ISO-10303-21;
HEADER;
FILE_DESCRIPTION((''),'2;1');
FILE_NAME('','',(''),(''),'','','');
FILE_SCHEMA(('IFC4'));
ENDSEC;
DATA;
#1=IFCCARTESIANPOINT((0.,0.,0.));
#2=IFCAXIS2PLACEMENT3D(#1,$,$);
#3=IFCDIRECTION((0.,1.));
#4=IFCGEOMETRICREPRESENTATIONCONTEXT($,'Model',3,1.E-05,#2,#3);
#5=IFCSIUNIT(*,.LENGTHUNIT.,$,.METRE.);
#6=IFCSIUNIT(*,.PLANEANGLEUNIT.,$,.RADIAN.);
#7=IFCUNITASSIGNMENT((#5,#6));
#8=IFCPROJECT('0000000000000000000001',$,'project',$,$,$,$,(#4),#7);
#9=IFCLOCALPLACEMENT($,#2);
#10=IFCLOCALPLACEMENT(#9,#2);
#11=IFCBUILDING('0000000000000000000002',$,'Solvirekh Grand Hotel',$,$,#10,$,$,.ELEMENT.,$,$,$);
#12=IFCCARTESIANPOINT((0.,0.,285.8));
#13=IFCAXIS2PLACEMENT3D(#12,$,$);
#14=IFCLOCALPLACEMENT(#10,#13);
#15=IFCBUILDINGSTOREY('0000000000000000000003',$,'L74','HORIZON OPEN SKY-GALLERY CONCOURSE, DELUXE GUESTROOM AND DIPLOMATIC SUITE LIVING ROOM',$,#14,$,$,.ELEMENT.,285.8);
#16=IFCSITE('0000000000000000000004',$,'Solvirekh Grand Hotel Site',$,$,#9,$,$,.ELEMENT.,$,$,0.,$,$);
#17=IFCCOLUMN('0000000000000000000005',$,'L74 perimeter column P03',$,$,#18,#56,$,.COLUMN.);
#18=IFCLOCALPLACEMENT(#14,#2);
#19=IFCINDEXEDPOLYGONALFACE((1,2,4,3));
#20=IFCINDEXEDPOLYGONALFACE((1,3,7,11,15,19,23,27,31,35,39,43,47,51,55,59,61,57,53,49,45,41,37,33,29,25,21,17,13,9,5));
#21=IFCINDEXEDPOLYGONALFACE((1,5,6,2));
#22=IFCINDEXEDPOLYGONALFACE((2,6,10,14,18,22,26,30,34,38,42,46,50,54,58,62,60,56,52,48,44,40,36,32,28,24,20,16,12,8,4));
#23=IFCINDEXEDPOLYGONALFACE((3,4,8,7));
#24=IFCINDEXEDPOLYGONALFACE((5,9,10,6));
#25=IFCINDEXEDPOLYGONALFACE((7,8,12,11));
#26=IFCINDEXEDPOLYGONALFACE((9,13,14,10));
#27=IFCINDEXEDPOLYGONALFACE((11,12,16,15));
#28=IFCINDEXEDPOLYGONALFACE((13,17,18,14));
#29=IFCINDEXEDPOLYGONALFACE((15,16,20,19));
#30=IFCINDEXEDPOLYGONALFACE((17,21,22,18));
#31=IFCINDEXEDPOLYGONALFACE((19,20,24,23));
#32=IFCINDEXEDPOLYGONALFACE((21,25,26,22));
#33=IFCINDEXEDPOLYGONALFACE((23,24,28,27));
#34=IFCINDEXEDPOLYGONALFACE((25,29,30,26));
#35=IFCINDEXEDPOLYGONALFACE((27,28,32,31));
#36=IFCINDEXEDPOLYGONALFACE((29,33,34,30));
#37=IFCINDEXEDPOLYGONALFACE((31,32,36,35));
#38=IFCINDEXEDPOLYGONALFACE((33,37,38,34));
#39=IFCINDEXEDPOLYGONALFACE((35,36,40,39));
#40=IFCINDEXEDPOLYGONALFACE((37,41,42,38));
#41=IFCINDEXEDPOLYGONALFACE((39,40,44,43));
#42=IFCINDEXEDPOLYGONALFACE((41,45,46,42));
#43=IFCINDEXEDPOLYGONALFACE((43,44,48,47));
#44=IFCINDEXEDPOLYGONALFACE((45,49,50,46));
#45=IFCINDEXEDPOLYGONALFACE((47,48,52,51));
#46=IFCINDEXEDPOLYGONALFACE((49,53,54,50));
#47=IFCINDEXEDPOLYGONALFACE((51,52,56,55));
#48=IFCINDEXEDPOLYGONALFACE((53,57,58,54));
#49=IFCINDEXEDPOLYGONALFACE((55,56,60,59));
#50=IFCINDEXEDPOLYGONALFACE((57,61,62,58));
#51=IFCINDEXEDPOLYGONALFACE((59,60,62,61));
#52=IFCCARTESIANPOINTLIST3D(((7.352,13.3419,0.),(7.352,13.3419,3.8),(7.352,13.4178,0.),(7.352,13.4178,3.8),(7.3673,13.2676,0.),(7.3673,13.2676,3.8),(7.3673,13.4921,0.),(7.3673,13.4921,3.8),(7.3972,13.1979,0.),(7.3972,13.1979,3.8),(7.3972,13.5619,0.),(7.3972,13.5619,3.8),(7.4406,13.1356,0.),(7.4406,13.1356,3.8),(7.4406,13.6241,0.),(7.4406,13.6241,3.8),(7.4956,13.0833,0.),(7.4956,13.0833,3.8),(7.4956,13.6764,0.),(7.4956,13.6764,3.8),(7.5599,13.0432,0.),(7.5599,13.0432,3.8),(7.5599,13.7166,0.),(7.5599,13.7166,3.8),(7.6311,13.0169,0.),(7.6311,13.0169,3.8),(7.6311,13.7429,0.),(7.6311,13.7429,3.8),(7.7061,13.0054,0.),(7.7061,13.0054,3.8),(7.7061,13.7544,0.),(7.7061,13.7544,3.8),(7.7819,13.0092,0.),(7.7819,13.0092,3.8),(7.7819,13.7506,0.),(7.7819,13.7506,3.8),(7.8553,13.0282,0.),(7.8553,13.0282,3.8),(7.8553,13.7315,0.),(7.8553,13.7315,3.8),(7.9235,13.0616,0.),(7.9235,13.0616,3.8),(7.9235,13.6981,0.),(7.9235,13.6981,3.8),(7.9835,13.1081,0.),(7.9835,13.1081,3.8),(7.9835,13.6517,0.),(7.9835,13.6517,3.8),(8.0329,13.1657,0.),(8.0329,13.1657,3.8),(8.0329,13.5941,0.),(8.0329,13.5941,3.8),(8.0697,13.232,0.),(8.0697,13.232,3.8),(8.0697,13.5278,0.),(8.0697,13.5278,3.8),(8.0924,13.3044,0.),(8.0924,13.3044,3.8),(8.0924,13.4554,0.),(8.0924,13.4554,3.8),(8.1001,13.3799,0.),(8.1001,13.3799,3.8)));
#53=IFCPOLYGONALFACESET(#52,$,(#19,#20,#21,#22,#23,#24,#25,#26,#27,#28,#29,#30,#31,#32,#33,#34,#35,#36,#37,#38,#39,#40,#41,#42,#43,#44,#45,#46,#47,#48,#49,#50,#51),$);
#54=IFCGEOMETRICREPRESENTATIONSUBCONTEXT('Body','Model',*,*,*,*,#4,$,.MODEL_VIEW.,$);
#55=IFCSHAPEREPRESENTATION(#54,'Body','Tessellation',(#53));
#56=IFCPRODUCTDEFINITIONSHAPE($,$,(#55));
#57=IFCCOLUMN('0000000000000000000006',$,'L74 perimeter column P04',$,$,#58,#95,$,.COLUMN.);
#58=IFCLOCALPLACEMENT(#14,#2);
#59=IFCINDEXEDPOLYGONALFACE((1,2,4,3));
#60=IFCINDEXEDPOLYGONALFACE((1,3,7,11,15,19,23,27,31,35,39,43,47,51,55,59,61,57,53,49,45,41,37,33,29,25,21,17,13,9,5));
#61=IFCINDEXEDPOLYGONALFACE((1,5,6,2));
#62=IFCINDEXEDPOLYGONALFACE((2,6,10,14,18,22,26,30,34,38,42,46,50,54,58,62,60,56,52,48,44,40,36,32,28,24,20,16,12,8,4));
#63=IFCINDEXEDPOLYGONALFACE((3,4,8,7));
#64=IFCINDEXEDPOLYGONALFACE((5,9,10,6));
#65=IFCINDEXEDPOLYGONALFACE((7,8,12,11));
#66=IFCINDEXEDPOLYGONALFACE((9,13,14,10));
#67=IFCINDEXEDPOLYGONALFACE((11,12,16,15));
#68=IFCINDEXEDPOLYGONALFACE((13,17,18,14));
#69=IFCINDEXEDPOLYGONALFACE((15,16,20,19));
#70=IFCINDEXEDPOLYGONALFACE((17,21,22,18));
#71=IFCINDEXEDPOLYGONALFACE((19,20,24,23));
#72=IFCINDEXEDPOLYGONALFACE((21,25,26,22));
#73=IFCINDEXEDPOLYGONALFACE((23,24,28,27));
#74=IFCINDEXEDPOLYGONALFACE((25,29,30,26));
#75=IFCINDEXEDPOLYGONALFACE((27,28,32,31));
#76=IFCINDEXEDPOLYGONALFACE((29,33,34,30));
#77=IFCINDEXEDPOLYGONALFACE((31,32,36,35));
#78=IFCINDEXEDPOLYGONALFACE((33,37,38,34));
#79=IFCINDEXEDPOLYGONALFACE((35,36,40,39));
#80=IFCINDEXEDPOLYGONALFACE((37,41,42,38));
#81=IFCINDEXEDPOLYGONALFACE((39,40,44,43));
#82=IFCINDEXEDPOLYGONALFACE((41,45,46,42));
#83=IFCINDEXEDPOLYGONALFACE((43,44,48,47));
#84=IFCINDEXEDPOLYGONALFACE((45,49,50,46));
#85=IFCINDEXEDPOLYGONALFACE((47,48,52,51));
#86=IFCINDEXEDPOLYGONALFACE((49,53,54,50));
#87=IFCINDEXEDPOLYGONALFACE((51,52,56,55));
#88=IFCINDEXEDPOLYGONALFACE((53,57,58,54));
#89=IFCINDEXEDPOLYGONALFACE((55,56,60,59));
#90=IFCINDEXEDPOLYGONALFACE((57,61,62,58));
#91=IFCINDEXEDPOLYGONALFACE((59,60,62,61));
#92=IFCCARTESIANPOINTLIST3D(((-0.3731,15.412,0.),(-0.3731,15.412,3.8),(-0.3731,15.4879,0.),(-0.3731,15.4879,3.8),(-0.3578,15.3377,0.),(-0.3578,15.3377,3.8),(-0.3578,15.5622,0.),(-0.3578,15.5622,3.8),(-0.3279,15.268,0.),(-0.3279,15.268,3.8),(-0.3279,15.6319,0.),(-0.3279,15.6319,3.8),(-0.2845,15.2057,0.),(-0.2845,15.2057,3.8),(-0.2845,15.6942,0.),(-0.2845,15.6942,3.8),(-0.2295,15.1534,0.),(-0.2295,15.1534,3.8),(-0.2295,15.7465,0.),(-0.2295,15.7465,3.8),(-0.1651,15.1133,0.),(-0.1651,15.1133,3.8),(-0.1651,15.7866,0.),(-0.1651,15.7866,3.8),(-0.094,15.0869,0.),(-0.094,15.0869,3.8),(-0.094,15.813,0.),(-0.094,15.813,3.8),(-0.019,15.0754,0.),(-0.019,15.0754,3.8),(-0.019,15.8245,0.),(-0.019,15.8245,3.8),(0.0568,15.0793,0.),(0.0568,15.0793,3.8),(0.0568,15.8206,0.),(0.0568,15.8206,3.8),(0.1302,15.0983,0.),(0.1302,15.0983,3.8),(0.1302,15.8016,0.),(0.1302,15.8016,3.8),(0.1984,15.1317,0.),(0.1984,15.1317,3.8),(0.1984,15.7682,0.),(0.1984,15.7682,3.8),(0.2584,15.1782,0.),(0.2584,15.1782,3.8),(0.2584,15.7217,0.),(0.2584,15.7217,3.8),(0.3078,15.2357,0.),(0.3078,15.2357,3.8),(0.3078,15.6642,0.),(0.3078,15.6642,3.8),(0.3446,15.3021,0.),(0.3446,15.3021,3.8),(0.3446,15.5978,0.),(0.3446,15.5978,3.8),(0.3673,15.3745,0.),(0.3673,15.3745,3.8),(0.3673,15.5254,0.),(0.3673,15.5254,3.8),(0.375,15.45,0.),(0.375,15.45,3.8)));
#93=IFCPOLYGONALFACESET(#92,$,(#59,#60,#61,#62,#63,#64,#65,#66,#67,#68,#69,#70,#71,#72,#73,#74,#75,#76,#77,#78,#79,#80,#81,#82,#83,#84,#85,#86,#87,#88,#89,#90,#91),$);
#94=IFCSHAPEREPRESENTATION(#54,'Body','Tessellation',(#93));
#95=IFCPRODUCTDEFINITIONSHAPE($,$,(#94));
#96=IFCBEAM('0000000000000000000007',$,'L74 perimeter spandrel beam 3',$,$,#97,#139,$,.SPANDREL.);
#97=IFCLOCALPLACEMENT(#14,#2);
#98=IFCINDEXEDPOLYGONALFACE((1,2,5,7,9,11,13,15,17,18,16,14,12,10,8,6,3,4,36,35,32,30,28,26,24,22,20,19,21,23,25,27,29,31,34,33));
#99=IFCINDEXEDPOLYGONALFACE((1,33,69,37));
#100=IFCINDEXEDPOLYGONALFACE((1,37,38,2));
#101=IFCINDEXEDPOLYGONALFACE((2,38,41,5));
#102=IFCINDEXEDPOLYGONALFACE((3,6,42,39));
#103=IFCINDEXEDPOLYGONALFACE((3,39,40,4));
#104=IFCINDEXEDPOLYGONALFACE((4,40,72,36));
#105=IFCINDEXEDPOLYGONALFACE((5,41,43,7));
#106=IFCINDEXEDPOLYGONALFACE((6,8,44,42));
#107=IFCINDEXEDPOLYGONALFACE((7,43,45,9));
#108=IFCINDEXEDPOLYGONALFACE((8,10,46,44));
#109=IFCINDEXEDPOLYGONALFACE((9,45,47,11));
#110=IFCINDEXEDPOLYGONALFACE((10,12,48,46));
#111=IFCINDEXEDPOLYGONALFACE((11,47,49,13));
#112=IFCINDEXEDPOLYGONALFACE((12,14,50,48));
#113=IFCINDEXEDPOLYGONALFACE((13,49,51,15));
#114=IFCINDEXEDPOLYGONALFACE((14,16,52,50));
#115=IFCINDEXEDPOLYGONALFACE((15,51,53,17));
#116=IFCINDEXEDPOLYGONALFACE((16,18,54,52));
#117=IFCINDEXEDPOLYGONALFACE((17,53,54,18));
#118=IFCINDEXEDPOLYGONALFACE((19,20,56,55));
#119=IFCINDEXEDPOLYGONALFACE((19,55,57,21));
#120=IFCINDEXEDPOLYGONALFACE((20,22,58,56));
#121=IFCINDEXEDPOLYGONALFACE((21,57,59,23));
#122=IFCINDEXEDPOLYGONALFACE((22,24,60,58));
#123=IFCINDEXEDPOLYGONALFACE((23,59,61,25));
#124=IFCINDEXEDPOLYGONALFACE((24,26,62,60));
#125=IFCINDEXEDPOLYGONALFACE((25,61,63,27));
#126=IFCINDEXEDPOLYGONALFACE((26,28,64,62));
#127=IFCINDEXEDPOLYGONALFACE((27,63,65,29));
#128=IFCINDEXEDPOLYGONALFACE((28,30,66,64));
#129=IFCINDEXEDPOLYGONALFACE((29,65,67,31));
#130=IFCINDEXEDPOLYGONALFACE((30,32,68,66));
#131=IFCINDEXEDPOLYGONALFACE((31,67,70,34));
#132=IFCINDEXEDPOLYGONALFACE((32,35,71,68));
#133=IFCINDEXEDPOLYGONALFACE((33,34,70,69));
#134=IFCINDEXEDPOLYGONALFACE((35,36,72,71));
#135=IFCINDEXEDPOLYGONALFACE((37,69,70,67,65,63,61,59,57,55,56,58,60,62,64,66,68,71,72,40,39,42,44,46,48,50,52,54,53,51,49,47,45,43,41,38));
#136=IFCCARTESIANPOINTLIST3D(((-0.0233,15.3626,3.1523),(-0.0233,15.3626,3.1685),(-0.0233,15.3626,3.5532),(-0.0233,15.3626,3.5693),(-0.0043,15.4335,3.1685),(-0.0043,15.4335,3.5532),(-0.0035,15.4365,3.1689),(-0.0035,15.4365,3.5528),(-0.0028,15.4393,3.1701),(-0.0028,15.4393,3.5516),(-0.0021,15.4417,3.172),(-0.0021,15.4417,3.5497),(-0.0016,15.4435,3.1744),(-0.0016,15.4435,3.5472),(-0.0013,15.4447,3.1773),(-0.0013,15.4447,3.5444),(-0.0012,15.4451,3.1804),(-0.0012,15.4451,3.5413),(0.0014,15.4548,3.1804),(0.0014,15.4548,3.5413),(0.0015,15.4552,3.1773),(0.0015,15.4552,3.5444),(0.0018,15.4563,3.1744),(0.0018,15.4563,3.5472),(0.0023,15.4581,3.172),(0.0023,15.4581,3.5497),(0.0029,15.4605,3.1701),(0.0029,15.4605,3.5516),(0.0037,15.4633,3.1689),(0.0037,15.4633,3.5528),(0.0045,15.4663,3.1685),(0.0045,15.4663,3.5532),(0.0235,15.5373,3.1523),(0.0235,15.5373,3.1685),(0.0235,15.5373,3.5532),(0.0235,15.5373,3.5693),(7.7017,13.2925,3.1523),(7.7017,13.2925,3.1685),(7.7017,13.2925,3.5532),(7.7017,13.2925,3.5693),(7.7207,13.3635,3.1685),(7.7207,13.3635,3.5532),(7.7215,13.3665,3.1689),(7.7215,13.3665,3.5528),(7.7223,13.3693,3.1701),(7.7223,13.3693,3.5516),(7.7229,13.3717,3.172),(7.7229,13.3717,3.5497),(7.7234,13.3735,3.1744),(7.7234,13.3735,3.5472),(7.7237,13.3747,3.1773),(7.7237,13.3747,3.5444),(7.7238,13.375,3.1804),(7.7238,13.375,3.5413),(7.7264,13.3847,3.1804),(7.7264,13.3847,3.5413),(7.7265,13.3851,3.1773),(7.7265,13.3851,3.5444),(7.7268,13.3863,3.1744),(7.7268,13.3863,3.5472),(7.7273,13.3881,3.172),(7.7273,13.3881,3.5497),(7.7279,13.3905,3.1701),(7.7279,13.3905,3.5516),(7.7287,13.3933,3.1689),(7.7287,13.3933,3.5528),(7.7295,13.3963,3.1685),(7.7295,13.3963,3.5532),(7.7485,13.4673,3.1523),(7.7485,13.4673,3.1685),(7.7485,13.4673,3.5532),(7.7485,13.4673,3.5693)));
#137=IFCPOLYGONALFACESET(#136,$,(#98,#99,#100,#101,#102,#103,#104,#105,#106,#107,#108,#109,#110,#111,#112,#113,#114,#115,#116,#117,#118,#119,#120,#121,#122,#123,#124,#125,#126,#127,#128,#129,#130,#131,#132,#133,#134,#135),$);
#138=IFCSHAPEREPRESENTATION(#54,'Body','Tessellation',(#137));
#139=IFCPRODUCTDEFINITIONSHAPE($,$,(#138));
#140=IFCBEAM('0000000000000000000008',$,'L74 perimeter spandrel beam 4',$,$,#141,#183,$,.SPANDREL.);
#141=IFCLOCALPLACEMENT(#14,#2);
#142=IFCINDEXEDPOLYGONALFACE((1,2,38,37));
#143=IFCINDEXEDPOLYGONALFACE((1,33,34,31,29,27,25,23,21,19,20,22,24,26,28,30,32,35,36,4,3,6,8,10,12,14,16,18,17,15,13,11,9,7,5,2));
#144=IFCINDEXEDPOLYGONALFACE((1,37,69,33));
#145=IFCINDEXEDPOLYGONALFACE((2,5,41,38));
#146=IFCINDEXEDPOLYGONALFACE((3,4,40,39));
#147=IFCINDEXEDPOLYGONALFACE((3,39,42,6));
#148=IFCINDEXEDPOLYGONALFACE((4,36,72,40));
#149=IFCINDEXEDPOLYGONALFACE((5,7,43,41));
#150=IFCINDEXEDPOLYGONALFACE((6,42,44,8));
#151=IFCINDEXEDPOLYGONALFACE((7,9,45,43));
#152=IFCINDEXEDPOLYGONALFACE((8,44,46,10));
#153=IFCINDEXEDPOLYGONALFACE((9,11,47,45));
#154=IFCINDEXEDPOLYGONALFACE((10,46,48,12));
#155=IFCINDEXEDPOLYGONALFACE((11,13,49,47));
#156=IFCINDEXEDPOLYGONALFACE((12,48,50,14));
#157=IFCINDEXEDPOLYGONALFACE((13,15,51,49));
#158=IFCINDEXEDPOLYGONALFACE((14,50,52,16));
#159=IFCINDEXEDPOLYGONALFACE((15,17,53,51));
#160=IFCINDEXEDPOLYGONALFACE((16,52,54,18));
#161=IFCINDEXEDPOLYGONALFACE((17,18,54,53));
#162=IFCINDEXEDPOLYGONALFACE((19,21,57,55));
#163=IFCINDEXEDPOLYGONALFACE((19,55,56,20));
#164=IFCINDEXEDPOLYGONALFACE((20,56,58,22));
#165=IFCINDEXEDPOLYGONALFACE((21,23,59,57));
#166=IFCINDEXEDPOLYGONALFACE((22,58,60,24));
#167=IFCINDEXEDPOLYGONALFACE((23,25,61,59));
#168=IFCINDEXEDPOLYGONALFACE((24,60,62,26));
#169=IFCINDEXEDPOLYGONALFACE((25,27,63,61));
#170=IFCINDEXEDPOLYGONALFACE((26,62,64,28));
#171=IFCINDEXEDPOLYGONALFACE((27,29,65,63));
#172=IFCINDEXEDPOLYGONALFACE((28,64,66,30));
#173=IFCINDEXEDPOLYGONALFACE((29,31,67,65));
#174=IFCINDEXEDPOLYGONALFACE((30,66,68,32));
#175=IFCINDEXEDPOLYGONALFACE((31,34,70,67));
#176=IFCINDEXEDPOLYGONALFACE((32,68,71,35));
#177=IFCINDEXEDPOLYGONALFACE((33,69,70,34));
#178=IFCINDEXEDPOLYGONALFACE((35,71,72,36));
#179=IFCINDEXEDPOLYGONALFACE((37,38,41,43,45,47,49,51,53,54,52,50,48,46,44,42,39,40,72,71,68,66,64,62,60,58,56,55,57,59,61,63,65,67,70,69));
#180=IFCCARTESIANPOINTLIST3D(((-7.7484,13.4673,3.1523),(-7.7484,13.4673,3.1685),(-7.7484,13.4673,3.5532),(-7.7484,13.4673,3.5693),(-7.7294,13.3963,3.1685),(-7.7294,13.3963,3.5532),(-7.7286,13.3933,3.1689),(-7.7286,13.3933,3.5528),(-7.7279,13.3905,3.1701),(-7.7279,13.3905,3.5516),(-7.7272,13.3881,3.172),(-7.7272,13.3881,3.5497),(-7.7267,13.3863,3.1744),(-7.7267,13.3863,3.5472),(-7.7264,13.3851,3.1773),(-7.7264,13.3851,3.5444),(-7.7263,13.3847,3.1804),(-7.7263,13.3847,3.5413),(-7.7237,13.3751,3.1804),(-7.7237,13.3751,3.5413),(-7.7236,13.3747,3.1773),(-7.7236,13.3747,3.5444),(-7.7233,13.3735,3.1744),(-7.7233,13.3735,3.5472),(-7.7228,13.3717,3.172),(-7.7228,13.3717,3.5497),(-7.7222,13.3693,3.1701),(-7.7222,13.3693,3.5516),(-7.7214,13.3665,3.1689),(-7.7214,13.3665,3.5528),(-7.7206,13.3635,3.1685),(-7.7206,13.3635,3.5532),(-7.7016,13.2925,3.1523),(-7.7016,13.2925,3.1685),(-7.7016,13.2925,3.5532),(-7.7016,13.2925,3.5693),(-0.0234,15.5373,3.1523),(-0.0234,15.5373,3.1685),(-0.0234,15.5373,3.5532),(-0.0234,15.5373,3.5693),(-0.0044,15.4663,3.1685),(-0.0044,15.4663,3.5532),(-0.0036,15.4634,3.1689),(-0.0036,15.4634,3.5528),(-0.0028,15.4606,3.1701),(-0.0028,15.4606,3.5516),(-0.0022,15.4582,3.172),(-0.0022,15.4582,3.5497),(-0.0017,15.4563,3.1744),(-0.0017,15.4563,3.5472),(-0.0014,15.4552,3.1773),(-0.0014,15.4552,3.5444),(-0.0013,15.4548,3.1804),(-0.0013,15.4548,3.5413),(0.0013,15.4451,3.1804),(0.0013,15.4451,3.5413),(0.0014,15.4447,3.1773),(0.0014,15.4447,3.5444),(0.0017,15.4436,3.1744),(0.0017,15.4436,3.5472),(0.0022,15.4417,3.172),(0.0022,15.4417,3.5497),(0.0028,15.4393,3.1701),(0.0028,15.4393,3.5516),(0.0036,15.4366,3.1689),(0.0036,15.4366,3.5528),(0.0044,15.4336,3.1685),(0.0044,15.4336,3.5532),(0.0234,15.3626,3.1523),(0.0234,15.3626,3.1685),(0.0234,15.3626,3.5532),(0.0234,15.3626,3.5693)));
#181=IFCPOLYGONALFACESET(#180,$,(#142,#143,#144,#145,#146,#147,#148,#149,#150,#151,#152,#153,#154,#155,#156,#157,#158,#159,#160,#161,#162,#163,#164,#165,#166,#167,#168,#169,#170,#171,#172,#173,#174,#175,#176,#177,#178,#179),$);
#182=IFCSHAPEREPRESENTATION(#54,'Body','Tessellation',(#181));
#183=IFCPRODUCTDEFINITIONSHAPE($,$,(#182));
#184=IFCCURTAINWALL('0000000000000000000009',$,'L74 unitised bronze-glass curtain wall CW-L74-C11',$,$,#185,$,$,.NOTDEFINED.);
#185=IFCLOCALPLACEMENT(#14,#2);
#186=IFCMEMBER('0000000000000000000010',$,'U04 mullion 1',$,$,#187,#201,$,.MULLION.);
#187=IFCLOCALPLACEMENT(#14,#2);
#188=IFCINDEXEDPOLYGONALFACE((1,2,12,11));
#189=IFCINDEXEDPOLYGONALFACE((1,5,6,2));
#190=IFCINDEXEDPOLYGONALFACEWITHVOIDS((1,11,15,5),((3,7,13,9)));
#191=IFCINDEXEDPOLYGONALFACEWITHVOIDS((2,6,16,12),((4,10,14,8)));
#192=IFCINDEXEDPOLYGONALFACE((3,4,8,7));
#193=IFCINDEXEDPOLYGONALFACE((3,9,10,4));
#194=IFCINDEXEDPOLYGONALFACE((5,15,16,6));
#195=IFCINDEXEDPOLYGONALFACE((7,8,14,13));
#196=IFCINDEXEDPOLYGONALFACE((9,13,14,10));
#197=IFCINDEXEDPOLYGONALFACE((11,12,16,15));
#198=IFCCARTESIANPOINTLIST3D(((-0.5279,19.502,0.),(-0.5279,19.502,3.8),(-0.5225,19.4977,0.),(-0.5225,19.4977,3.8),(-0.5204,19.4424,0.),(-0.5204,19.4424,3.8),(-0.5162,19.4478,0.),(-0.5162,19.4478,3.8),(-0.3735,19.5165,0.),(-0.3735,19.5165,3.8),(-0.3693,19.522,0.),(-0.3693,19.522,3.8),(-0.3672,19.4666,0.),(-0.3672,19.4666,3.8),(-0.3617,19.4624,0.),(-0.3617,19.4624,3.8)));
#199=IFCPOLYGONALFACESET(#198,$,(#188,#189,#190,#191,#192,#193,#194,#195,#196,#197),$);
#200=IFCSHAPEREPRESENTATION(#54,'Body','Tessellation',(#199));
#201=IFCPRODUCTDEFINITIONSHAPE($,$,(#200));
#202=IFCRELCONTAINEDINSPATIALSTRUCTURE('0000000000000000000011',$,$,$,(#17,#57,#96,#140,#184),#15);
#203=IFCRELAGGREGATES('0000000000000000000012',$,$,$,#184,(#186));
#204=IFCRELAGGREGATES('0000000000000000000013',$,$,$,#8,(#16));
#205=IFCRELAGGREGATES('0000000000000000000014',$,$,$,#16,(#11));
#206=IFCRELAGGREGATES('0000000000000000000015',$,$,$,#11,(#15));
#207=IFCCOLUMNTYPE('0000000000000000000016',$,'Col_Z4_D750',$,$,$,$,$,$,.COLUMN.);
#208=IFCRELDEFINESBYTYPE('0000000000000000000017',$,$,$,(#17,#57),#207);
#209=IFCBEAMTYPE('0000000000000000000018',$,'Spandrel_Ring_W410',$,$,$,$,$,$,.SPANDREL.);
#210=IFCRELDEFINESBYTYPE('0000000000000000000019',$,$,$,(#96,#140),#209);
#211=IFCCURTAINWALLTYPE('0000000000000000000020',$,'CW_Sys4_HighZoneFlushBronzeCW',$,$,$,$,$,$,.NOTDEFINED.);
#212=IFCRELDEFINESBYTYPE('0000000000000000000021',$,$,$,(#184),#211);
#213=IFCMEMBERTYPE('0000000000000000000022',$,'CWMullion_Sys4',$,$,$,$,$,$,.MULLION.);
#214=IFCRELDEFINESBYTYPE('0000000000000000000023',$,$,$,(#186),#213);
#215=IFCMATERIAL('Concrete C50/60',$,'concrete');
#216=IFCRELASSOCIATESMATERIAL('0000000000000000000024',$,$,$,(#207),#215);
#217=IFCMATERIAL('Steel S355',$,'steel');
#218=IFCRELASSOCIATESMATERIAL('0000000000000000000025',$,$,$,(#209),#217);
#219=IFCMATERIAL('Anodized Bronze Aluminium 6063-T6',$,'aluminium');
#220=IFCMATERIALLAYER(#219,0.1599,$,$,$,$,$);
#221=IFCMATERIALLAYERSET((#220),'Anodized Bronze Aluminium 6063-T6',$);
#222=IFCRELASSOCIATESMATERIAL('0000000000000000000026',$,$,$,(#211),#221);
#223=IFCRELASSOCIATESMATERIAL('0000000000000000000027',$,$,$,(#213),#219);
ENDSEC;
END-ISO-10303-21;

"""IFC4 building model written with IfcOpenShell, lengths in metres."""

from ifc_helpers import new_model, si_unit, direction, frame, origin, origin_2d, place, context, subcontext, project, spatial, hollow_rectangle, circle, i_section, extrude, source, transform, mapped, material, layer, layer_set, material_profile, profile_set, type_object, element, aggregate, save


model = new_model("IFC4")

# Units and contexts
model_context = context("Model", 3, precision=1e-05, world=origin(), true_north=direction((0.0, 1.0)))
body_context = subcontext(model_context, "Body", "Model", "MODEL_VIEW")
ifc_project = project(units=[si_unit("LENGTHUNIT", "METRE"), si_unit("PLANEANGLEUNIT", "RADIAN")], contexts=[model_context])

# Site, building, storey
site_placement = place(None, origin())
site = spatial("IfcSite", under=ifc_project, at=site_placement, Name="Solvirekh Grand Hotel Site", CompositionType="ELEMENT", RefElevation=0.0)
building_placement = place(site_placement, origin())
building = spatial("IfcBuilding", under=site, at=building_placement, Name="Solvirekh Grand Hotel", CompositionType="ELEMENT")
storey_placement = place(building_placement, frame((0.0, 0.0, 285.8)))
storey = spatial("IfcBuildingStorey", under=building, at=storey_placement, Name="L74", Description="HORIZON OPEN SKY-GALLERY CONCOURSE, DELUXE GUESTROOM AND DIPLOMATIC SUITE LIVING ROOM", CompositionType="ELEMENT", Elevation=285.8)

# Columns
ifc_material_1 = material(Name="Concrete C50/60", Category="concrete")
ifc_material_profile_1 = material_profile(ifc_material_1, circle(Radius=0.375, at=origin_2d()), Name="RC CIRC D750")
ifc_profile_set_1 = profile_set([ifc_material_profile_1], Name="Concrete C50/60")
column_type = type_object("IfcColumnType", Name="Col_Z4_D750", PredefinedType="COLUMN", material=ifc_profile_set_1)
for number, where, z_axis, x_axis, name in (
    (1, (7.7251, 13.3799, 0.0), (0.0, 0.0, 1.0), (1.0, 0.0, 0.0), "L74 perimeter column P03"),
    (2, (0.0, 15.45, 0.0), (0.0, 0.0, 1.0), (1.0, 0.0, 0.0), "L74 perimeter column P04"),
):
    element("IfcColumn", number, at=place(storey_placement, frame(where, z_axis=z_axis, x_axis=x_axis)), inside=storey, type_object=column_type, Name=name, PredefinedType="COLUMN", context=body_context, shape_type="SweptSolid", body=[
        extrude(circle(Radius=0.375, at=origin_2d()), origin(), (0.0, 0.0, 1.0), 3.8),
    ])

# Beams
ifc_material_2 = material(Name="Steel S355", Category="steel")
ifc_material_profile_2 = material_profile(ifc_material_2, i_section(OverallWidth=0.1809, OverallDepth=0.417, WebThickness=0.01, FlangeThickness=0.0161, FilletRadius=0.012, at=origin_2d()), Name="W410X85")
ifc_profile_set_2 = profile_set([ifc_material_profile_2], Name="Steel S355")
beam_type = type_object("IfcBeamType", Name="Spandrel_Ring_W410", PredefinedType="SPANDREL", material=ifc_profile_set_2)
for number, where, z_axis, x_axis, name in (
    (3, (7.7251, 13.3799, 3.3608), (-0.965922, 0.258835, 0.0), (-0.258835, -0.965922, 0.0), "L74 perimeter spandrel beam 3"),
    (4, (0.0, 15.45, 3.3608), (-0.965922, -0.258835, 0.0), (0.258835, -0.965922, 0.0), "L74 perimeter spandrel beam 4"),
):
    element("IfcBeam", number, at=place(storey_placement, frame(where, z_axis=z_axis, x_axis=x_axis)), inside=storey, type_object=beam_type, Name=name, PredefinedType="SPANDREL", context=body_context, shape_type="SweptSolid", body=[
        extrude(i_section(OverallWidth=0.1809, OverallDepth=0.417, WebThickness=0.01, FlangeThickness=0.0161, FilletRadius=0.012, at=origin_2d()), origin(), (0.0, 0.0, 1.0), 7.9976),
    ])

# Curtain wall, member
ifc_material_3 = material(Name="Anodized Bronze Aluminium 6063-T6", Category="aluminium")
ifc_layer_1 = layer(ifc_material_3, 0.1599)
ifc_layer_set_1 = layer_set([ifc_layer_1], Name="Anodized Bronze Aluminium 6063-T6")
curtain_wall_type = type_object("IfcCurtainWallType", Name="CW_Sys4_HighZoneFlushBronzeCW", PredefinedType="NOTDEFINED", material=ifc_layer_set_1)
curtain_wall_placement = place(storey_placement, origin())
curtain_wall = element("IfcCurtainWall", 5, at=curtain_wall_placement, inside=storey, type_object=curtain_wall_type, Name="L74 unitised bronze-glass curtain wall CW-L74-C11", PredefinedType="NOTDEFINED")
ifc_material_profile_3 = material_profile(ifc_material_3, hollow_rectangle(XDim=0.0601, YDim=0.1599, WallThickness=0.0049, at=origin_2d()), Name="ALU RHS 160X60X5")
ifc_profile_set_3 = profile_set([ifc_material_profile_3], Name="Anodized Bronze Aluminium 6063-T6")
member_type_1 = type_object("IfcMemberType", Name="CWMullion_Sys4", PredefinedType="MULLION", material=ifc_profile_set_3)
shared_shape_1 = source(origin(), body_context, "Body", "SweptSolid", [
    extrude(hollow_rectangle(XDim=0.0601, YDim=0.1599, WallThickness=0.0049, at=origin_2d()), origin(), (0.0, 0.0, 1.0), 3.8),
])
member_1_placement = place(storey_placement, frame((-0.4448, 19.4822, 0.0), z_axis=(0.0, 0.0, 1.0), x_axis=(0.125166, -0.992136, 0.0)))
member_1 = element("IfcMember", 6, at=member_1_placement, type_object=member_type_1, Name="U04 mullion 1", PredefinedType="MULLION", context=body_context, shape_type="MappedRepresentation", body=[
    mapped(shared_shape_1, transform((0.0, 0.0, 0.0), x_axis=(1.0, 0.0, 0.0), y_axis=(0.0, 1.0, 0.0), z_axis=(0.0, 0.0, 1.0), scale=1.0)),
])
aggregate(curtain_wall, [member_1])

save(model, "model.ifc")
